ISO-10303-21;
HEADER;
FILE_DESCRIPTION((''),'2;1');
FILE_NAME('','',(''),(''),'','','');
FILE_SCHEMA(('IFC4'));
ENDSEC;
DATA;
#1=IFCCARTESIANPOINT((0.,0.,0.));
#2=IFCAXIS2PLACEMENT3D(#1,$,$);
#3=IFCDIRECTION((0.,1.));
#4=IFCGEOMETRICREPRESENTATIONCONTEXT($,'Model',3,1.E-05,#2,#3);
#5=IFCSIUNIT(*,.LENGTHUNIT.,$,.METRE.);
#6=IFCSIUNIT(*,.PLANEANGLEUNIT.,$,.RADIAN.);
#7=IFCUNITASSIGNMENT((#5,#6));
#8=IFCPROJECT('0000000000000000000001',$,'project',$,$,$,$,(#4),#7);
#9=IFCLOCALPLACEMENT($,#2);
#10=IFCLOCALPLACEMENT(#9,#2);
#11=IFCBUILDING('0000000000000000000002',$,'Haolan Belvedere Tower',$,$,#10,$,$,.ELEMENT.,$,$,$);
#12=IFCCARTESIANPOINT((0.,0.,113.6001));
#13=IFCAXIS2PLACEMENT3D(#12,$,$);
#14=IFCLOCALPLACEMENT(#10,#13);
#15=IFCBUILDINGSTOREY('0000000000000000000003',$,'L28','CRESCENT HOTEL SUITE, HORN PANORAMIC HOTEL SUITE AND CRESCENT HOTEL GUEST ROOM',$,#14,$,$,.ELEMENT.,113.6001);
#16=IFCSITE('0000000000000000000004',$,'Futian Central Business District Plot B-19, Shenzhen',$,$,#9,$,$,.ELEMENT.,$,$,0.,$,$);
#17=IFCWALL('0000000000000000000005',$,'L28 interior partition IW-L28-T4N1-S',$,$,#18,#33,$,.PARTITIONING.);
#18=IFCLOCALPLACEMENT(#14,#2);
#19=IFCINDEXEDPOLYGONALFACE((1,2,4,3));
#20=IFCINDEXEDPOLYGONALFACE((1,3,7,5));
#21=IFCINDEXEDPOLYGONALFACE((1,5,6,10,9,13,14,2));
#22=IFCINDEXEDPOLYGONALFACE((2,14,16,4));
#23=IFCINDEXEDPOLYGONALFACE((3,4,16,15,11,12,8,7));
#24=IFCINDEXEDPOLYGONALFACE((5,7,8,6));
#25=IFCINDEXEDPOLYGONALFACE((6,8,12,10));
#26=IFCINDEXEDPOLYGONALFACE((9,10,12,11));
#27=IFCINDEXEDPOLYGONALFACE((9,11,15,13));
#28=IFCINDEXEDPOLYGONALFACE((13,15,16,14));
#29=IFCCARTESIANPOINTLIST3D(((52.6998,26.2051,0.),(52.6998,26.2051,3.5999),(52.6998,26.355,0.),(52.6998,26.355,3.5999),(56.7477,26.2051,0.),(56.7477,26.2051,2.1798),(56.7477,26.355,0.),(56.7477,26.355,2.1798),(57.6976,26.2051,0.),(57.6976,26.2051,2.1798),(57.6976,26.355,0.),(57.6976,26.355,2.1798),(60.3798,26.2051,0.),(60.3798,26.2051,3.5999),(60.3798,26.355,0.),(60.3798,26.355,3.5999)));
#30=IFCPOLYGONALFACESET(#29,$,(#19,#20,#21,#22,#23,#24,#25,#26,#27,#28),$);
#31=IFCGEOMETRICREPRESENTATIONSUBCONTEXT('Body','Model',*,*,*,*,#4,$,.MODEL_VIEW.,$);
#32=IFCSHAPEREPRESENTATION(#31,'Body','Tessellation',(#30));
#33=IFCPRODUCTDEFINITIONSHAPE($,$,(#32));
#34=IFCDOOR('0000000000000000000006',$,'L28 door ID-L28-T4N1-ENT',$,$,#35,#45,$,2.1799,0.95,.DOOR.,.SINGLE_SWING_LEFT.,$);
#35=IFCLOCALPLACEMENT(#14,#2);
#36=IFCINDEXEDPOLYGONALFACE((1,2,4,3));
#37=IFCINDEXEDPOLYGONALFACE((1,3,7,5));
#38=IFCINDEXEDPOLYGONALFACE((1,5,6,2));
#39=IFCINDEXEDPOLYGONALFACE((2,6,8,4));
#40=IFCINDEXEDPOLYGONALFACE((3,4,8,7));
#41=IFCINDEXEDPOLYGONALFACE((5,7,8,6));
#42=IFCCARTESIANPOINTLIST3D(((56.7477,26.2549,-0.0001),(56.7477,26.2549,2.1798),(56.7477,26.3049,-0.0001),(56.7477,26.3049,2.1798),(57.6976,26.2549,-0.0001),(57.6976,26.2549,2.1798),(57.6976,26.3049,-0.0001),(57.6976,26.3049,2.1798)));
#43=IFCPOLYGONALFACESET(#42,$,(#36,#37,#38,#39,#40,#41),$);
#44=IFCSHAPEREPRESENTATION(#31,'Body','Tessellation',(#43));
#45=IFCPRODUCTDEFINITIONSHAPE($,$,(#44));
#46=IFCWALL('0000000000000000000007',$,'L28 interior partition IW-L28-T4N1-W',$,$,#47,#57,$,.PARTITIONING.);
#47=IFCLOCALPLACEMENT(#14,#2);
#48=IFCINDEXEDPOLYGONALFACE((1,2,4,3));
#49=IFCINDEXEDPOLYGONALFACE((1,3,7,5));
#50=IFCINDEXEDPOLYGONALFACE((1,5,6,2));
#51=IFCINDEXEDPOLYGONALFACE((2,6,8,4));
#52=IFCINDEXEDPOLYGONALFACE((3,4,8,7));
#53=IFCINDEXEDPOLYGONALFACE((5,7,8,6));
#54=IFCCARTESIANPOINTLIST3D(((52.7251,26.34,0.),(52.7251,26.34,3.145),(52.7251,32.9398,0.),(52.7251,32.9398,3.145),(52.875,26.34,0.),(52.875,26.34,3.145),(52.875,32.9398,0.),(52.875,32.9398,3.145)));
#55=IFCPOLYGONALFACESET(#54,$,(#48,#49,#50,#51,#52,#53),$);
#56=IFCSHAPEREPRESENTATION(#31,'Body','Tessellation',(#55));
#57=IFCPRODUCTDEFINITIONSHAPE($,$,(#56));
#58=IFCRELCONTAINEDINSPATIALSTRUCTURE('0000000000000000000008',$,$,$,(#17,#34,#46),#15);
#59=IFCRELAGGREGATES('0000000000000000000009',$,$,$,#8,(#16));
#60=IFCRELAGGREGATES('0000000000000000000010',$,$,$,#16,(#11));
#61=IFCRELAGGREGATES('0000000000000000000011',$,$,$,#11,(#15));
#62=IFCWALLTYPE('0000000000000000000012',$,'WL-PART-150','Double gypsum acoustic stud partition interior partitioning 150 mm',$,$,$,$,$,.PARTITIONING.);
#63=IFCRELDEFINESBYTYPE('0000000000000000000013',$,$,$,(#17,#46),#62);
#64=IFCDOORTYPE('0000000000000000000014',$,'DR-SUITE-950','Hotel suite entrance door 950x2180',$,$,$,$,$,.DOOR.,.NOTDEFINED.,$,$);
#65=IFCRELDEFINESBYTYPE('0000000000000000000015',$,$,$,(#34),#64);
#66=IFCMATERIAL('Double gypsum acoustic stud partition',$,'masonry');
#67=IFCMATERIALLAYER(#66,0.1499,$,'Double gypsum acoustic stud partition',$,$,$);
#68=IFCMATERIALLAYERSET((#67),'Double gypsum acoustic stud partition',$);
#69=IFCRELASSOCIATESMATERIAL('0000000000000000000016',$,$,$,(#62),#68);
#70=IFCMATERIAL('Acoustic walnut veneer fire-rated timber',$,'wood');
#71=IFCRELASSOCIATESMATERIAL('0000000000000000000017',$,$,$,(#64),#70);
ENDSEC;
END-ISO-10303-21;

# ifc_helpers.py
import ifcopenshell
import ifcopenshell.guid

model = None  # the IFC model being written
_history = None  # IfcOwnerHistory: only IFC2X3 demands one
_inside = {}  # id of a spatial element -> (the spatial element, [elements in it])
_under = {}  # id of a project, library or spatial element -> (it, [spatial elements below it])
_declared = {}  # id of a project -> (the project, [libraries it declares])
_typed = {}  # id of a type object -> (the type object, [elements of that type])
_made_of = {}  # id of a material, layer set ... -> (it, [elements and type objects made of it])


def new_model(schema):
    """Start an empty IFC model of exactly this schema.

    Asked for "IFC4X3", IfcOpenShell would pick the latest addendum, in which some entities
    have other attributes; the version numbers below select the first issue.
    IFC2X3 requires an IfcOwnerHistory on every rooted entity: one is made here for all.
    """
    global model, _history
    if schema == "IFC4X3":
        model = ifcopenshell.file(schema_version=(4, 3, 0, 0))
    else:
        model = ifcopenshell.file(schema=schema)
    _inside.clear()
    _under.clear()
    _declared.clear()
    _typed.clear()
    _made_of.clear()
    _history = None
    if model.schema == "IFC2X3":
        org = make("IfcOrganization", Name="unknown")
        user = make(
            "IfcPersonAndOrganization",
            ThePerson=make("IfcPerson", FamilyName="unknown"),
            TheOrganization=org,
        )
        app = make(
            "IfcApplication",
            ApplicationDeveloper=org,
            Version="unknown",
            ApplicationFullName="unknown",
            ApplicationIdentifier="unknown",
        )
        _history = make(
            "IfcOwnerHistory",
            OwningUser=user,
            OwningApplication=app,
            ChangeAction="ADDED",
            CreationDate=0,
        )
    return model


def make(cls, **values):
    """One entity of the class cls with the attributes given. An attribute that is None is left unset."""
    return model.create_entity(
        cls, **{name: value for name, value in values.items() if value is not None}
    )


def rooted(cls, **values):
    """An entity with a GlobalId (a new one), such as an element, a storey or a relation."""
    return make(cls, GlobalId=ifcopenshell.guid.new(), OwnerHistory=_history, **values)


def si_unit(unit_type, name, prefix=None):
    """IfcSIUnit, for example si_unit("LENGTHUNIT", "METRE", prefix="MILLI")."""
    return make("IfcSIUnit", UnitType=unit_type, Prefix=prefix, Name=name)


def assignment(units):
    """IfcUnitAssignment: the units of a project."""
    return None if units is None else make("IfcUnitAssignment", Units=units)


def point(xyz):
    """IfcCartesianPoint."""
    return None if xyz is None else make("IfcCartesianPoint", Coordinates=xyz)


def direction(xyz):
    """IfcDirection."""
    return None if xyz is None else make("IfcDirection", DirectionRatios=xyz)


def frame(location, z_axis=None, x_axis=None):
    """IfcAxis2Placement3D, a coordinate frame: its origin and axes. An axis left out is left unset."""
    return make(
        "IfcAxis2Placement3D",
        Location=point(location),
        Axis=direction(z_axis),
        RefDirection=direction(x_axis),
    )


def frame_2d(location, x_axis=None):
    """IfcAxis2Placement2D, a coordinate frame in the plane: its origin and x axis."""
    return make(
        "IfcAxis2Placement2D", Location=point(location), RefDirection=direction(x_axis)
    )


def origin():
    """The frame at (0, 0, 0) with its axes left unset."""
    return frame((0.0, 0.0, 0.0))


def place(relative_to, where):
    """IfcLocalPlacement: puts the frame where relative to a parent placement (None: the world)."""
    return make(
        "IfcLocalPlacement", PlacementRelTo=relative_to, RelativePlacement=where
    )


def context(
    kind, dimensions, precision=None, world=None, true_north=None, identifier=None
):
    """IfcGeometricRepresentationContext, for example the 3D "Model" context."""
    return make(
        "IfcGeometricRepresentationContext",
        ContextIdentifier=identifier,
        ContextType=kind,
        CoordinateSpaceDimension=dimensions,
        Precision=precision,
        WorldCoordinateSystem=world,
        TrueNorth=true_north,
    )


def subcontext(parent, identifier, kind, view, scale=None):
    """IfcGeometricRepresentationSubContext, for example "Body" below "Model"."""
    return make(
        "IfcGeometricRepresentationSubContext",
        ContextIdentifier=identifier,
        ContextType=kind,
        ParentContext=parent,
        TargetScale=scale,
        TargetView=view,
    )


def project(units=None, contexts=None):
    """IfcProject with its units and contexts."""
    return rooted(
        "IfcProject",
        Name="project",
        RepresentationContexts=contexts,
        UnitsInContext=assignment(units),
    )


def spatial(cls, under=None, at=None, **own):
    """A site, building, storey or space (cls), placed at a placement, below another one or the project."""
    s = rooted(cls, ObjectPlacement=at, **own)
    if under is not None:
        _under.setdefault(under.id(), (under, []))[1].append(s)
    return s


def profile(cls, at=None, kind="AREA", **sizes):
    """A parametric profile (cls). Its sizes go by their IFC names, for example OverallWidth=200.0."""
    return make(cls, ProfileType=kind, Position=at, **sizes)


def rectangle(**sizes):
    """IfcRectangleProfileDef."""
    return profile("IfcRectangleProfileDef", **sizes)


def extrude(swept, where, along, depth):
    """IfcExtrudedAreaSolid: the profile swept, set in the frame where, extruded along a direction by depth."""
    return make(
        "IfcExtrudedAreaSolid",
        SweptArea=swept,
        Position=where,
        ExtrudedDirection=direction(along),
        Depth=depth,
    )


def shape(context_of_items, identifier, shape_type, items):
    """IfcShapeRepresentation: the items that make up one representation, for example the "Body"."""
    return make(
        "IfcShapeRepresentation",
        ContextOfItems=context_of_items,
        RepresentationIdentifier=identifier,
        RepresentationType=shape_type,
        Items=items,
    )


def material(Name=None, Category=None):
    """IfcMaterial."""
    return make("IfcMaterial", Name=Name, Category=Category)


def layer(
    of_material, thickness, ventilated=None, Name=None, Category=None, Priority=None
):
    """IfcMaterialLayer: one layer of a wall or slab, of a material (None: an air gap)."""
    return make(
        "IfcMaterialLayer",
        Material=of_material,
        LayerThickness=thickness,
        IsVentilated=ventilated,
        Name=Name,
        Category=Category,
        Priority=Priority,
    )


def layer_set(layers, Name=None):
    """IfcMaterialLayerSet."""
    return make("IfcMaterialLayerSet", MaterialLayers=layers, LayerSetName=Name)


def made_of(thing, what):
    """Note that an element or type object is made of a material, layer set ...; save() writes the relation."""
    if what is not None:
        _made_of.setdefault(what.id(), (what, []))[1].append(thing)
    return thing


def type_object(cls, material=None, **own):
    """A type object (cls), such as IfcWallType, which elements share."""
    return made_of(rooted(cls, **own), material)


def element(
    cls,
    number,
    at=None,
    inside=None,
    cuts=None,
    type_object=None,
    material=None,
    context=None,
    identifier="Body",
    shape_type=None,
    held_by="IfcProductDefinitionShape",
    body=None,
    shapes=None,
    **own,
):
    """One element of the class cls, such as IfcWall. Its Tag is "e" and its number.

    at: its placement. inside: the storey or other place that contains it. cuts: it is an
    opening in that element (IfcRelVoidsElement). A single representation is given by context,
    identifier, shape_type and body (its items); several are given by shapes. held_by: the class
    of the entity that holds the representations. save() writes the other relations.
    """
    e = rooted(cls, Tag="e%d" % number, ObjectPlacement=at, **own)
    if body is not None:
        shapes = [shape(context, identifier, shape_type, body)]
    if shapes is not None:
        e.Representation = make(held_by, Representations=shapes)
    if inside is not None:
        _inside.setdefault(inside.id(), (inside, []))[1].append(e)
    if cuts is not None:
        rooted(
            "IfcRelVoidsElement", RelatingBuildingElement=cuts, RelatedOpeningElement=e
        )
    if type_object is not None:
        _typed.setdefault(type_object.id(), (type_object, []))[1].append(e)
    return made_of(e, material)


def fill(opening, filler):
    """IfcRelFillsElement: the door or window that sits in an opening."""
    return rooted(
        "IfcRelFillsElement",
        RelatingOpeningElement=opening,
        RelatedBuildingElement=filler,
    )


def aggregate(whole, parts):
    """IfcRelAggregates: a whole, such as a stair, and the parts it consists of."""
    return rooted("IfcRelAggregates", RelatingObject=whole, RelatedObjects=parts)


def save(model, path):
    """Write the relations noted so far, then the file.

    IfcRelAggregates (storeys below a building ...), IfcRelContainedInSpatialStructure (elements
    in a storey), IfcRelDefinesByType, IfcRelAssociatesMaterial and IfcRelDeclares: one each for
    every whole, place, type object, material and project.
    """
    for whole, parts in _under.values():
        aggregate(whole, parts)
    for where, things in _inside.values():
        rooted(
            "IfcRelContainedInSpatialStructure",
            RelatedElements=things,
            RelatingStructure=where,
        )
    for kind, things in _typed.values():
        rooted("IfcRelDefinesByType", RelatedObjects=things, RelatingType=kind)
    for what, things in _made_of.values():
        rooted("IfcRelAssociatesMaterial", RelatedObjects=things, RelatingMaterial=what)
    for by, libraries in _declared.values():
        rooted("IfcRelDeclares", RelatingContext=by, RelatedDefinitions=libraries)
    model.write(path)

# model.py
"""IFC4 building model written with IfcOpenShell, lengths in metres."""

from ifc_helpers import new_model, si_unit, direction, frame, frame_2d, origin, place, context, subcontext, project, spatial, rectangle, extrude, material, layer, layer_set, type_object, element, fill, save


model = new_model("IFC4")

# Units and contexts
model_context = context("Model", 3, precision=1e-05, world=origin(), true_north=direction((0.0, 1.0)))
body_context = subcontext(model_context, "Body", "Model", "MODEL_VIEW")
ifc_project = project(units=[si_unit("LENGTHUNIT", "METRE"), si_unit("PLANEANGLEUNIT", "RADIAN")], contexts=[model_context])

# Site, building, storey
site_placement = place(None, origin())
site = spatial("IfcSite", under=ifc_project, at=site_placement, Name="Futian Central Business District Plot B-19, Shenzhen", CompositionType="ELEMENT", RefElevation=0.0)
building_placement = place(site_placement, origin())
building = spatial("IfcBuilding", under=site, at=building_placement, Name="Haolan Belvedere Tower", CompositionType="ELEMENT")
storey_placement = place(building_placement, frame((0.0, 0.0, 113.6001)))
storey = spatial("IfcBuildingStorey", under=building, at=storey_placement, Name="L28", Description="CRESCENT HOTEL SUITE, HORN PANORAMIC HOTEL SUITE AND CRESCENT HOTEL GUEST ROOM", CompositionType="ELEMENT", Elevation=113.6001)

# Shared definitions
ifc_material_1 = material(Name="Double gypsum acoustic stud partition", Category="masonry")
ifc_layer_1 = layer(ifc_material_1, 0.1499, Name="Double gypsum acoustic stud partition")
ifc_layer_set_1 = layer_set([ifc_layer_1], Name="Double gypsum acoustic stud partition")
wall_type_1 = type_object("IfcWallType", Name="WL-PART-150", Description="Double gypsum acoustic stud partition interior partitioning 150 mm", PredefinedType="PARTITIONING", material=ifc_layer_set_1)

# Wall, opening, door
wall_1_placement = place(storey_placement, frame((52.7, 26.28, 0.0), z_axis=(0.0, 0.0, 1.0), x_axis=(1.0, 0.0, 0.0)))
wall_1 = element("IfcWall", 1, at=wall_1_placement, inside=storey, type_object=wall_type_1, Name="L28 interior partition IW-L28-T4N1-S", PredefinedType="PARTITIONING", context=body_context, shape_type="SweptSolid", body=[
    extrude(rectangle(XDim=7.6799, YDim=0.1499, at=frame_2d((3.8398, 0.0))), origin(), (0.0, 0.0, 1.0), 3.5999),
])
opening_1_placement = place(wall_1_placement, frame((4.0476, 0.0, 0.0)))
opening_1 = element("IfcOpeningElement", 2, at=opening_1_placement, cuts=wall_1, PredefinedType="OPENING", context=body_context, shape_type="SweptSolid", body=[
    extrude(rectangle(XDim=0.95, YDim=2.1799, at=frame_2d((0.4751, 1.0898))), frame((0.0, 0.085, 0.0), z_axis=(0.0, -1.0, 0.0), x_axis=(1.0, 0.0, 0.0)), (0.0, 0.0, 1.0), 0.1699),
])
ifc_material_2 = material(Name="Acoustic walnut veneer fire-rated timber", Category="wood")
door_type_1 = type_object("IfcDoorType", Name="DR-SUITE-950", Description="Hotel suite entrance door 950x2180", OperationType="NOTDEFINED", PredefinedType="DOOR", material=ifc_material_2)
door_1_placement = place(opening_1_placement, origin())
door_1 = element("IfcDoor", 3, at=door_1_placement, inside=storey, type_object=door_type_1, Name="L28 door ID-L28-T4N1-ENT", OperationType="SINGLE_SWING_LEFT", OverallHeight=2.1799, OverallWidth=0.95, PredefinedType="DOOR", context=body_context, shape_type="SweptSolid", body=[
    extrude(rectangle(XDim=0.95, YDim=2.1799, at=frame_2d((0.4751, 1.0898))), frame((0.0, 0.0249, 0.0), z_axis=(0.0, -1.0, 0.0), x_axis=(1.0, 0.0, 0.0)), (0.0, 0.0, 1.0), 0.05),
])
fill(opening_1, door_1)

# Wall
wall_2_placement = place(storey_placement, frame((52.8, 26.3401, 0.0), z_axis=(0.0, 0.0, 1.0), x_axis=(0.0, 1.0, 0.0)))
element("IfcWall", 4, at=wall_2_placement, inside=storey, type_object=wall_type_1, Name="L28 interior partition IW-L28-T4N1-W", PredefinedType="PARTITIONING", context=body_context, shape_type="SweptSolid", body=[
    extrude(rectangle(XDim=6.5999, YDim=0.1499, at=frame_2d((3.2998, 0.0))), origin(), (0.0, 0.0, 1.0), 3.145),
])

save(model, "model.ifc")
